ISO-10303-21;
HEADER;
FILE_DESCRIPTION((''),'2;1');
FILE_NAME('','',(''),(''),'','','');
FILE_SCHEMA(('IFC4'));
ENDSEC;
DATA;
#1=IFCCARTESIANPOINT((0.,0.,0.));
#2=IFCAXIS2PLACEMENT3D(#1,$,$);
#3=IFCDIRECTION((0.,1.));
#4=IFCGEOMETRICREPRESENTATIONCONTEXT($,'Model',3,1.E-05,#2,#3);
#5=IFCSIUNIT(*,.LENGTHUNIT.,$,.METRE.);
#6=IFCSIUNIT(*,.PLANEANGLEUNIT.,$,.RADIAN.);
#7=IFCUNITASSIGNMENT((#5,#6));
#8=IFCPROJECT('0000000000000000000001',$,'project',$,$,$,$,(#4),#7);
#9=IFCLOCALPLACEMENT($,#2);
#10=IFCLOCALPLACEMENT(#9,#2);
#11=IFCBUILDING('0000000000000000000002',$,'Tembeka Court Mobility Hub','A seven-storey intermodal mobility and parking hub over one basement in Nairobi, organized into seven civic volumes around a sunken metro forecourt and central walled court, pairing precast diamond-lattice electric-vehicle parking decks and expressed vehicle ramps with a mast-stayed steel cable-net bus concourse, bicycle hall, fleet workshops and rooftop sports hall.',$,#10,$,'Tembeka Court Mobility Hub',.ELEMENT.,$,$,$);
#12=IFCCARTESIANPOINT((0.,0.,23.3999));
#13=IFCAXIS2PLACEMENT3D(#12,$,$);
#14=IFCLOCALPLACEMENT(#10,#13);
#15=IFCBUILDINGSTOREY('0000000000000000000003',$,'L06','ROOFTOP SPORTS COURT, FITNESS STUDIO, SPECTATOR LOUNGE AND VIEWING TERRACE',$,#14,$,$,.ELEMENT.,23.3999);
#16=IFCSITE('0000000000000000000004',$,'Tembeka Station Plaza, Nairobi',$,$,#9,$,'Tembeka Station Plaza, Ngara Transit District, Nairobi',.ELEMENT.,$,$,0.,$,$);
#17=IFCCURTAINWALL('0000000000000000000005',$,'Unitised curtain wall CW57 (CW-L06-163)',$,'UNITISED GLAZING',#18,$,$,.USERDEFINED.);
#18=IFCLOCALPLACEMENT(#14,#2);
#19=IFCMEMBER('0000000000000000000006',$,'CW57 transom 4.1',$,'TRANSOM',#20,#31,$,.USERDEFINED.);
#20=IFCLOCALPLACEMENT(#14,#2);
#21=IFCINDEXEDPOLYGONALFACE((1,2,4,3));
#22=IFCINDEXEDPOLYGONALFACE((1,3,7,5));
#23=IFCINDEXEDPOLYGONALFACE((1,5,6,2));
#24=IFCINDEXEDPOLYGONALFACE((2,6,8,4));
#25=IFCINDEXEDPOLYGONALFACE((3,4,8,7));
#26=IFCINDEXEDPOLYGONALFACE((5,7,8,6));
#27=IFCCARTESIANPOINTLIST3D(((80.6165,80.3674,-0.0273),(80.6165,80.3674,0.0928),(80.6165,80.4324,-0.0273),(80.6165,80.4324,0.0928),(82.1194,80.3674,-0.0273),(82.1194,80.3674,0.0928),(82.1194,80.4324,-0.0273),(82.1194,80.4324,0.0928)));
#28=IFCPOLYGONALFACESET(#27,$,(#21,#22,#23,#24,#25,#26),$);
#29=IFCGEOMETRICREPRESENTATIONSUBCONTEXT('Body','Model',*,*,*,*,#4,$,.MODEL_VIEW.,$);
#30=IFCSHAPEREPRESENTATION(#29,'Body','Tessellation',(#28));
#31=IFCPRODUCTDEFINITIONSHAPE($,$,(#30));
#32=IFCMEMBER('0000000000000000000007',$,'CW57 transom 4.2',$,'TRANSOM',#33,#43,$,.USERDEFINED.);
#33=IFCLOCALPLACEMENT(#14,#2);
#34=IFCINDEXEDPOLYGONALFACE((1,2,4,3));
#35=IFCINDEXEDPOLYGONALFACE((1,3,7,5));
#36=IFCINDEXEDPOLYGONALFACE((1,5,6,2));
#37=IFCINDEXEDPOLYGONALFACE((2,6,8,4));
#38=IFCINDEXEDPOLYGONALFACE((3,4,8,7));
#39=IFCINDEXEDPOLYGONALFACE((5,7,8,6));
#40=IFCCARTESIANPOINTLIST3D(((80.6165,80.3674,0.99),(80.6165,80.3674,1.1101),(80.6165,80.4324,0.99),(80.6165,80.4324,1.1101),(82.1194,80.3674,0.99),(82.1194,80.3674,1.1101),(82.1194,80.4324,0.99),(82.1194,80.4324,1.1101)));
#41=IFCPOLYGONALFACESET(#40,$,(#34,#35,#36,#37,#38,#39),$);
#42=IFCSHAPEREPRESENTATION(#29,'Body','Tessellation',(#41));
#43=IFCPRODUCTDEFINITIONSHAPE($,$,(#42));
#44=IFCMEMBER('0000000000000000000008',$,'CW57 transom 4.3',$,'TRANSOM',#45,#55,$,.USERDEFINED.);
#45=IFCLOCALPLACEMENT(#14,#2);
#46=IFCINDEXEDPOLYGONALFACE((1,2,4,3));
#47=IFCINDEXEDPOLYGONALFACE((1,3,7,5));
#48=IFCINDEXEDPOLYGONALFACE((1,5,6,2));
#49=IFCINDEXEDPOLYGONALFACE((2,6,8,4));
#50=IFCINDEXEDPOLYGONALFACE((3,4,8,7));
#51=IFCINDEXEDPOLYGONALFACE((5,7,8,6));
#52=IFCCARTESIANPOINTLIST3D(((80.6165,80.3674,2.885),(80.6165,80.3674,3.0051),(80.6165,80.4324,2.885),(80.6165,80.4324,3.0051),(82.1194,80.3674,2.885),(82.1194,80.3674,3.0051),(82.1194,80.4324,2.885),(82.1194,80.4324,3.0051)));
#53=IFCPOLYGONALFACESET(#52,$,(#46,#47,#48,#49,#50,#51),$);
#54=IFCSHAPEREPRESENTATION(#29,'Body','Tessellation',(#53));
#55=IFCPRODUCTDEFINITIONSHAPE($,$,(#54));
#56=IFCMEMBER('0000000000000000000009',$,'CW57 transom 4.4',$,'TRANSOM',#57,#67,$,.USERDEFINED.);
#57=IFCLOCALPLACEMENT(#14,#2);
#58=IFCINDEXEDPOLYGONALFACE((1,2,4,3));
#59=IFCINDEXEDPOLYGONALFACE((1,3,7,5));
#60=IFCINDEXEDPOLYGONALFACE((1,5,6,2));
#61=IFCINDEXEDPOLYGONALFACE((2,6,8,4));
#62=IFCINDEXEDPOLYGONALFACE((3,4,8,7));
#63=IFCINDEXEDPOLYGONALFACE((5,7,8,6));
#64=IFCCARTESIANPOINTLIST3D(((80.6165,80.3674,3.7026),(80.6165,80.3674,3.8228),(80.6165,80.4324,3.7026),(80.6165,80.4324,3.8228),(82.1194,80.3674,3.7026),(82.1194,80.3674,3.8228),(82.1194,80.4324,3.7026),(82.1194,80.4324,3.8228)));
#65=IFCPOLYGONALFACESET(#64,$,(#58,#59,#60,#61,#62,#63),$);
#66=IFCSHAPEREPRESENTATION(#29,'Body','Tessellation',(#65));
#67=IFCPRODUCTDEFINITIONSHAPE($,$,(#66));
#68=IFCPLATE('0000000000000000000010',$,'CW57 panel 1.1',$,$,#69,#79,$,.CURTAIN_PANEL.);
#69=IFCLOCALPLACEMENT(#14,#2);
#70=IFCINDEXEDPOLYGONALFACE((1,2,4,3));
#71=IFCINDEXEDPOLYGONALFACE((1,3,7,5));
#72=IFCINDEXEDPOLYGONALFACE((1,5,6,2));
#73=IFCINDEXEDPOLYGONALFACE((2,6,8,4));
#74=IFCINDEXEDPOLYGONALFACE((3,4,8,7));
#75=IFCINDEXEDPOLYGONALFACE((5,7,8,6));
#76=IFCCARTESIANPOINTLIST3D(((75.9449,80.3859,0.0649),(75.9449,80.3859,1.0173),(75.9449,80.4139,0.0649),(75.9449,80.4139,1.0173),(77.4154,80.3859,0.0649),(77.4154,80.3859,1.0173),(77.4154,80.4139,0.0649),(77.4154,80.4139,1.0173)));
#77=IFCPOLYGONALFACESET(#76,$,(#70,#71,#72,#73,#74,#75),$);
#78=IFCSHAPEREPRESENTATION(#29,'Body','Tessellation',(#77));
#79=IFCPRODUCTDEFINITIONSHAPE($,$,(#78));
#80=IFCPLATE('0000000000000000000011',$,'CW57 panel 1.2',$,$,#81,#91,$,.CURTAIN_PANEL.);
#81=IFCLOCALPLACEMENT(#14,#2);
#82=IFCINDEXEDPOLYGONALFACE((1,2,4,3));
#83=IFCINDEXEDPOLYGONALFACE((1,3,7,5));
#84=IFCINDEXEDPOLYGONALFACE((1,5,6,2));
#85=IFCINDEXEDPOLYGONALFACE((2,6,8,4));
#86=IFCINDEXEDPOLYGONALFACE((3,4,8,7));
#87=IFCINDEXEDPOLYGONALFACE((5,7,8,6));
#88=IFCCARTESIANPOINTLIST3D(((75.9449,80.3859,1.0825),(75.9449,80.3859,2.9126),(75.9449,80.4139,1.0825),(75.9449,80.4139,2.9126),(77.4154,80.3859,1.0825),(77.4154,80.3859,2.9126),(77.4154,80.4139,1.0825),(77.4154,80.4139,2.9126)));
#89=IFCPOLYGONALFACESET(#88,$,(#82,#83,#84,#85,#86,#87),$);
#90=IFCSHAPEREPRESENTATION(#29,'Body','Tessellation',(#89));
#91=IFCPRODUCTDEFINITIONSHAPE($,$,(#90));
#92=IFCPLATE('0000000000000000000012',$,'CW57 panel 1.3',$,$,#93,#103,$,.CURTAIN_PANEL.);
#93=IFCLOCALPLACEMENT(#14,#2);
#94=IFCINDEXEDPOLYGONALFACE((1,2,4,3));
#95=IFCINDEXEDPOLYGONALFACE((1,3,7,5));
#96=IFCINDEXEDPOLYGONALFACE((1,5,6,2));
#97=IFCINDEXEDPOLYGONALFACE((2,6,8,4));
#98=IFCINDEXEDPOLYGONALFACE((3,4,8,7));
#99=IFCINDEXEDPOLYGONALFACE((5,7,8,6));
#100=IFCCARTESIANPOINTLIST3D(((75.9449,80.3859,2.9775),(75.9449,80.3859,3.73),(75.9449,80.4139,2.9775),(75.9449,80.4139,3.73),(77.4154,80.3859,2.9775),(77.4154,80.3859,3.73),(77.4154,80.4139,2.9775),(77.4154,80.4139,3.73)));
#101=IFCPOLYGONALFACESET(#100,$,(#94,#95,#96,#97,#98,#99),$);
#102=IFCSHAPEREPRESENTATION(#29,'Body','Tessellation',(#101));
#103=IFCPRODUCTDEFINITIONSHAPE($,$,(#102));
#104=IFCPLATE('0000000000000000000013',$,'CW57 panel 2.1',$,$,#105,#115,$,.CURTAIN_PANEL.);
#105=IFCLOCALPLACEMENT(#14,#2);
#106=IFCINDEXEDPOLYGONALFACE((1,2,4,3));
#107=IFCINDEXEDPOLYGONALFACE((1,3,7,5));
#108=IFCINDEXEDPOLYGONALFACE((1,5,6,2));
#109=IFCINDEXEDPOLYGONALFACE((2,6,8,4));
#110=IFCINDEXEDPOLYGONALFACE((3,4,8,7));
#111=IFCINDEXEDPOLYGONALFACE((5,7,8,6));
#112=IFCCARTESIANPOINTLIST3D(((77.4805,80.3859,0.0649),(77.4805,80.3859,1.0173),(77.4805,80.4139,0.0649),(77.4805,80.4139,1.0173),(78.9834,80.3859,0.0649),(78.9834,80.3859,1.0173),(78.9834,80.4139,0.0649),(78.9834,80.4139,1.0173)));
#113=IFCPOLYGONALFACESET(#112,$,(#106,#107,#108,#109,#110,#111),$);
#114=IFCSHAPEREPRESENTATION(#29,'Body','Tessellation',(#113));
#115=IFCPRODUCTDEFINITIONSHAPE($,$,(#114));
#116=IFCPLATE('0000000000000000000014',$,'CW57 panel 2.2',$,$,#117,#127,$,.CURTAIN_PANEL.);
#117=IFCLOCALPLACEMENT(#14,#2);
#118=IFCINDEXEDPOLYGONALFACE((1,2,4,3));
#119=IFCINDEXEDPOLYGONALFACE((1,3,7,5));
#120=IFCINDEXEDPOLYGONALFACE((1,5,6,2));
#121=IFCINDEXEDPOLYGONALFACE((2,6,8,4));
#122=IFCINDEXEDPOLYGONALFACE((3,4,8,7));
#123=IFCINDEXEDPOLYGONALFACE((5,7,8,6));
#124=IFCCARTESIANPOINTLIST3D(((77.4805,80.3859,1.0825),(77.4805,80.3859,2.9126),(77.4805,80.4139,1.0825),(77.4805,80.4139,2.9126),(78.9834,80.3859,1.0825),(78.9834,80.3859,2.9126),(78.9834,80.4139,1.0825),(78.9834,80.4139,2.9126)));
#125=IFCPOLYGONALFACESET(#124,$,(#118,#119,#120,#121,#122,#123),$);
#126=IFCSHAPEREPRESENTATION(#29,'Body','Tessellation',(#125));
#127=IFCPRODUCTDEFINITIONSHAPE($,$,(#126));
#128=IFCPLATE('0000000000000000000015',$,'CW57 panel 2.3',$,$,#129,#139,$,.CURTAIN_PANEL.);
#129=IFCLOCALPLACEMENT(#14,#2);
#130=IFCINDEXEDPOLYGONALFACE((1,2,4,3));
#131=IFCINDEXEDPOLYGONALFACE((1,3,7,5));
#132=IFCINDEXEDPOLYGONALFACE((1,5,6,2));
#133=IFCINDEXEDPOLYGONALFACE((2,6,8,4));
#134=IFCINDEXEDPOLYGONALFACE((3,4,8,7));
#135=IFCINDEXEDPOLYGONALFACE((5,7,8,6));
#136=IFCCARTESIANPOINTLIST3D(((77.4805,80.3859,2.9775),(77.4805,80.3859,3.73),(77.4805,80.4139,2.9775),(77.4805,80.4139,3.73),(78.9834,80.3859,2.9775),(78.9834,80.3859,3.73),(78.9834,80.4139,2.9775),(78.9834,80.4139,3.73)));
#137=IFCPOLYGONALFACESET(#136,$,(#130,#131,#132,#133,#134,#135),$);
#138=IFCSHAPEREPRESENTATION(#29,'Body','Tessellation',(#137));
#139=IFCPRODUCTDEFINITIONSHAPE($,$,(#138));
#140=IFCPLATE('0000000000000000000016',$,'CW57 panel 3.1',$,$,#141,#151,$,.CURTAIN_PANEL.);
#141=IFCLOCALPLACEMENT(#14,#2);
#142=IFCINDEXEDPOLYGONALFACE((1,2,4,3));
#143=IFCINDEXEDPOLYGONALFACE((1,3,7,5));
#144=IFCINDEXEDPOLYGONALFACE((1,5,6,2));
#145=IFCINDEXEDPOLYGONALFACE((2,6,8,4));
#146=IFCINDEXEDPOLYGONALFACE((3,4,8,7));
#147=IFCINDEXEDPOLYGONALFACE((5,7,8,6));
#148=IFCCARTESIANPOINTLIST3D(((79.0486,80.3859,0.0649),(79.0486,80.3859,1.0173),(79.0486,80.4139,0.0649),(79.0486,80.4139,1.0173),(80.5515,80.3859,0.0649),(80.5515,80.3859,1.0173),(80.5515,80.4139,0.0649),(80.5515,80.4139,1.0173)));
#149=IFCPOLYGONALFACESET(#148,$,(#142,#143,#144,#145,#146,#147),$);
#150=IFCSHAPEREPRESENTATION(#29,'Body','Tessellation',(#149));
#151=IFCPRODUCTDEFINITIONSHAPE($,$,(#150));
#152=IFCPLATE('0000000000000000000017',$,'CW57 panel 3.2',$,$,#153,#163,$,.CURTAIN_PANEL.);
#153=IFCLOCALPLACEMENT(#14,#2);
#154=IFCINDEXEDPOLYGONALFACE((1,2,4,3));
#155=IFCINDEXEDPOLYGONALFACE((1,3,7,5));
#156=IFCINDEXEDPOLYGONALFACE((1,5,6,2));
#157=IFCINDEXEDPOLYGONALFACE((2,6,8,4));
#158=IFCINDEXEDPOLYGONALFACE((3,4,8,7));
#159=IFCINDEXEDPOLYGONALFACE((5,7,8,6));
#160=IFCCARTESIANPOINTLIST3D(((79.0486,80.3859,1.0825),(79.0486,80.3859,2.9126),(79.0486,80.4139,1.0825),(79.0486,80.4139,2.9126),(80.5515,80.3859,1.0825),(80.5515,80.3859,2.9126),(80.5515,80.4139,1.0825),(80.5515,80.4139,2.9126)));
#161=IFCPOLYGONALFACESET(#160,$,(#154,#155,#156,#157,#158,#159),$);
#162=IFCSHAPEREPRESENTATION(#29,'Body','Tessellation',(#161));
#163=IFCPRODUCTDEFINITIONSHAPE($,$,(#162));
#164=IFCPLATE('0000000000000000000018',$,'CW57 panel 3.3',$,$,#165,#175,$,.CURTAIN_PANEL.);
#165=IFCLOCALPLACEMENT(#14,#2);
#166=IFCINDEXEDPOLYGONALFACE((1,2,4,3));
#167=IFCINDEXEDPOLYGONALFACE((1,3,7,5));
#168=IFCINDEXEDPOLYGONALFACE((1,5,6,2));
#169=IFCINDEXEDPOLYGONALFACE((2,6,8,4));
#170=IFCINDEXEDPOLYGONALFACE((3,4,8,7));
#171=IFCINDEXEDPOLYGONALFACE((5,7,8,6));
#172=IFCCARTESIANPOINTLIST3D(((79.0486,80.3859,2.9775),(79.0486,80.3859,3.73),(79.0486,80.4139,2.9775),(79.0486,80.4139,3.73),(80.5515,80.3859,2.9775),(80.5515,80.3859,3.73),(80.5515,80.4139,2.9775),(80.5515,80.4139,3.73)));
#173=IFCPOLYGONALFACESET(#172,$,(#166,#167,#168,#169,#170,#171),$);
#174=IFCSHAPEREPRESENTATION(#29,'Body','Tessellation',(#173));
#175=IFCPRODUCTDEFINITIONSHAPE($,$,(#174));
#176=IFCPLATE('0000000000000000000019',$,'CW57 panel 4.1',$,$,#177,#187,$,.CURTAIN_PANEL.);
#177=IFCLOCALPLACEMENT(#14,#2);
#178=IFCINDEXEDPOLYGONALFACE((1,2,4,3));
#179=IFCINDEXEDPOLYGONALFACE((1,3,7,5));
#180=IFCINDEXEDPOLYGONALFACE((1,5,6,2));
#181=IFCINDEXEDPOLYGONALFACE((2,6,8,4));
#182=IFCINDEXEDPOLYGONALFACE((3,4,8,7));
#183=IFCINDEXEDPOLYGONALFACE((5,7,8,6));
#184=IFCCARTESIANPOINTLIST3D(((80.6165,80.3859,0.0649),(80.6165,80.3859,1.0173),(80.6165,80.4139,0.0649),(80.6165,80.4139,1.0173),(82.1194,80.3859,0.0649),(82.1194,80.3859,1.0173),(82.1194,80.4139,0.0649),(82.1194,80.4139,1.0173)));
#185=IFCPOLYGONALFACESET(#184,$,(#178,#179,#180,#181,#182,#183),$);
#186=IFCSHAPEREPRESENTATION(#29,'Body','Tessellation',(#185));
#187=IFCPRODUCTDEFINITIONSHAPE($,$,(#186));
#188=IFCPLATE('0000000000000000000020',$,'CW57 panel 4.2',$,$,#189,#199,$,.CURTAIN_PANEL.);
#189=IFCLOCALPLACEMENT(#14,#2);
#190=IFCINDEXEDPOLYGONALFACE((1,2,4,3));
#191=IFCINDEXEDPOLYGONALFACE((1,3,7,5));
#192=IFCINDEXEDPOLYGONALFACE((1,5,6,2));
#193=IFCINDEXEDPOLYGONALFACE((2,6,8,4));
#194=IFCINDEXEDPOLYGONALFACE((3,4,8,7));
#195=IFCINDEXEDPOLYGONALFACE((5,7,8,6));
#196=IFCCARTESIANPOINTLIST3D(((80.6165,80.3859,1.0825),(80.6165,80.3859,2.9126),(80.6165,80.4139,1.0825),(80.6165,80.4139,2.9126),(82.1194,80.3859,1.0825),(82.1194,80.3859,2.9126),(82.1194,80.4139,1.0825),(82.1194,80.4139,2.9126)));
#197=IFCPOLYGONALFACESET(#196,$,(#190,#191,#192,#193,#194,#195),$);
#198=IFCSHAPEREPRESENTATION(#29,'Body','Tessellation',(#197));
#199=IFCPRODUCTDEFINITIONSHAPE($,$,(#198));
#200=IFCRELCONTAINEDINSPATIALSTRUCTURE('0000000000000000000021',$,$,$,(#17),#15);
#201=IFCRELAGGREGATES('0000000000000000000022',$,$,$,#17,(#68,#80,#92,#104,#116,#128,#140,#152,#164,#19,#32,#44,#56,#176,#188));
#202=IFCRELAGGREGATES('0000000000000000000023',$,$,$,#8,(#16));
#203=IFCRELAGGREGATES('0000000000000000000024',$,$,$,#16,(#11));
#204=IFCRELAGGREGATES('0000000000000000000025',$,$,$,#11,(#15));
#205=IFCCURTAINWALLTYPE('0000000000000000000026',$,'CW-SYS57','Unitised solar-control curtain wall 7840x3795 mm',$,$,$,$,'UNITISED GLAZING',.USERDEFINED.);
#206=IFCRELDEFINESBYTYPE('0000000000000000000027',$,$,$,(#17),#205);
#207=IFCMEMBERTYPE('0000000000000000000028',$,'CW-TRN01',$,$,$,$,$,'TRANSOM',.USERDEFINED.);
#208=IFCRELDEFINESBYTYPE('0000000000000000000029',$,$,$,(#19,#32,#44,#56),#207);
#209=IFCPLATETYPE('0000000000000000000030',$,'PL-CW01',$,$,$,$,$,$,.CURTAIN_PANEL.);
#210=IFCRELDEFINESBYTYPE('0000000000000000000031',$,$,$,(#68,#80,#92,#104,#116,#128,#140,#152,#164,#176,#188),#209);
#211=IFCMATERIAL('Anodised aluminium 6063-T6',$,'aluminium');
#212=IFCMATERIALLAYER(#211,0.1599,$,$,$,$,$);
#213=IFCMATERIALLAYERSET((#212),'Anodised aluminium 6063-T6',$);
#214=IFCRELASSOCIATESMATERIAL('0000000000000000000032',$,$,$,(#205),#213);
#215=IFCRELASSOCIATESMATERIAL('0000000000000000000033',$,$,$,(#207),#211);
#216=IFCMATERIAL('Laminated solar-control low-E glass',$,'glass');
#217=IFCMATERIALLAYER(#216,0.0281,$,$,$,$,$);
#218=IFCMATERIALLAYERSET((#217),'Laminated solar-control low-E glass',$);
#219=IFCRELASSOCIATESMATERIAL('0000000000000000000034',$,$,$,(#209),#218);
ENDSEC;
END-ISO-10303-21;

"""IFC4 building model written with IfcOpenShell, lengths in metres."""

from ifc_helpers import new_model, si_unit, direction, frame, origin, origin_2d, place, context, subcontext, project, spatial, rectangle, extrude, material, layer, layer_set, material_profile, profile_set, type_object, element, aggregate, save


model = new_model("IFC4")

# Units and contexts
model_context = context("Model", 3, precision=1e-05, world=origin(), true_north=direction((0.0, 1.0)))
body_context = subcontext(model_context, "Body", "Model", "MODEL_VIEW")
ifc_project = project(units=[si_unit("LENGTHUNIT", "METRE"), si_unit("PLANEANGLEUNIT", "RADIAN")], contexts=[model_context])

# Site, building, storey
site_placement = place(None, origin())
site = spatial("IfcSite", under=ifc_project, at=site_placement, Name="Tembeka Station Plaza, Nairobi", LongName="Tembeka Station Plaza, Ngara Transit District, Nairobi", CompositionType="ELEMENT", RefElevation=0.0)
building_placement = place(site_placement, origin())
building = spatial("IfcBuilding", under=site, at=building_placement, Name="Tembeka Court Mobility Hub", Description="A seven-storey intermodal mobility and parking hub over one basement in Nairobi, organized into seven civic volumes around a sunken metro forecourt and central walled court, pairing precast diamond-lattice electric-vehicle parking decks and expressed vehicle ramps with a mast-stayed steel cable-net bus concourse, bicycle hall, fleet workshops and rooftop sports hall.", LongName="Tembeka Court Mobility Hub", CompositionType="ELEMENT")
storey_placement = place(building_placement, frame((0.0, 0.0, 23.3999)))
storey = spatial("IfcBuildingStorey", under=building, at=storey_placement, Name="L06", Description="ROOFTOP SPORTS COURT, FITNESS STUDIO, SPECTATOR LOUNGE AND VIEWING TERRACE", CompositionType="ELEMENT", Elevation=23.3999)

# Shared definitions
ifc_material_1 = material(Name="Anodised aluminium 6063-T6", Category="aluminium")
ifc_layer_1 = layer(ifc_material_1, 0.1599)
ifc_layer_set_1 = layer_set([ifc_layer_1], Name="Anodised aluminium 6063-T6")
curtain_wall_type = type_object("IfcCurtainWallType", Name="CW-SYS57", Description="Unitised solar-control curtain wall 7840x3795 mm", ElementType="UNITISED GLAZING", PredefinedType="USERDEFINED", material=ifc_layer_set_1)

# Curtain wall, members, plates
curtain_wall_1_placement = place(storey_placement, origin())
curtain_wall_1 = element("IfcCurtainWall", 1, at=curtain_wall_1_placement, inside=storey, type_object=curtain_wall_type, Name="Unitised curtain wall CW57 (CW-L06-163)", ObjectType="UNITISED GLAZING", PredefinedType="USERDEFINED")
ifc_material_profile_1 = material_profile(ifc_material_1, rectangle(XDim=0.0649, YDim=0.1201, at=origin_2d()), Name="ALU-TRN 65x120")
ifc_profile_set_1 = profile_set([ifc_material_profile_1], Name="Anodised aluminium 6063-T6")
member_type_1 = type_object("IfcMemberType", Name="CW-TRN01", ElementType="TRANSOM", PredefinedType="USERDEFINED", material=ifc_profile_set_1)
member_1_placement = place(storey_placement, frame((80.6165, 80.3999, 0.0327), z_axis=(1.0, 0.0, 0.0), x_axis=(0.0, 1.0, 0.0)))
member_1 = element("IfcMember", 2, at=member_1_placement, type_object=member_type_1, Name="CW57 transom 4.1", ObjectType="TRANSOM", PredefinedType="USERDEFINED", context=body_context, shape_type="SweptSolid", body=[
    extrude(rectangle(XDim=0.0649, YDim=0.1201, at=origin_2d()), origin(), (0.0, 0.0, 1.0), 1.5029),
])
member_2_placement = place(storey_placement, frame((80.6165, 80.3999, 1.05), z_axis=(1.0, 0.0, 0.0), x_axis=(0.0, 1.0, 0.0)))
member_2 = element("IfcMember", 3, at=member_2_placement, type_object=member_type_1, Name="CW57 transom 4.2", ObjectType="TRANSOM", PredefinedType="USERDEFINED", context=body_context, shape_type="SweptSolid", body=[
    extrude(rectangle(XDim=0.0649, YDim=0.1201, at=origin_2d()), origin(), (0.0, 0.0, 1.0), 1.5029),
])
member_3_placement = place(storey_placement, frame((80.6165, 80.3999, 2.9451), z_axis=(1.0, 0.0, 0.0), x_axis=(0.0, 1.0, 0.0)))
member_3 = element("IfcMember", 4, at=member_3_placement, type_object=member_type_1, Name="CW57 transom 4.3", ObjectType="TRANSOM", PredefinedType="USERDEFINED", context=body_context, shape_type="SweptSolid", body=[
    extrude(rectangle(XDim=0.0649, YDim=0.1201, at=origin_2d()), origin(), (0.0, 0.0, 1.0), 1.5029),
])
member_4_placement = place(storey_placement, frame((80.6165, 80.3999, 3.7627), z_axis=(1.0, 0.0, 0.0), x_axis=(0.0, 1.0, 0.0)))
member_4 = element("IfcMember", 5, at=member_4_placement, type_object=member_type_1, Name="CW57 transom 4.4", ObjectType="TRANSOM", PredefinedType="USERDEFINED", context=body_context, shape_type="SweptSolid", body=[
    extrude(rectangle(XDim=0.0649, YDim=0.1201, at=origin_2d()), origin(), (0.0, 0.0, 1.0), 1.5029),
])
ifc_material_2 = material(Name="Laminated solar-control low-E glass", Category="glass")
ifc_layer_2 = layer(ifc_material_2, 0.0281)
ifc_layer_set_2 = layer_set([ifc_layer_2], Name="Laminated solar-control low-E glass")
plate_type = type_object("IfcPlateType", Name="PL-CW01", PredefinedType="CURTAIN_PANEL", material=ifc_layer_set_2)
plate_1_placement = place(storey_placement, frame((76.6802, 80.3999, 0.0649), z_axis=(0.0, 0.0, 1.0), x_axis=(1.0, 0.0, 0.0)))
plate_1 = element("IfcPlate", 6, at=plate_1_placement, type_object=plate_type, Name="CW57 panel 1.1", PredefinedType="CURTAIN_PANEL", context=body_context, shape_type="SweptSolid", body=[
    extrude(rectangle(XDim=1.4705, YDim=0.0281, at=origin_2d()), origin(), (0.0, 0.0, 1.0), 0.9524),
])
plate_2_placement = place(storey_placement, frame((76.6802, 80.3999, 1.0825), z_axis=(0.0, 0.0, 1.0), x_axis=(1.0, 0.0, 0.0)))
plate_2 = element("IfcPlate", 7, at=plate_2_placement, type_object=plate_type, Name="CW57 panel 1.2", PredefinedType="CURTAIN_PANEL", context=body_context, shape_type="SweptSolid", body=[
    extrude(rectangle(XDim=1.4705, YDim=0.0281, at=origin_2d()), origin(), (0.0, 0.0, 1.0), 1.8301),
])
plate_3_placement = place(storey_placement, frame((76.6802, 80.3999, 2.9775), z_axis=(0.0, 0.0, 1.0), x_axis=(1.0, 0.0, 0.0)))
plate_3 = element("IfcPlate", 8, at=plate_3_placement, type_object=plate_type, Name="CW57 panel 1.3", PredefinedType="CURTAIN_PANEL", context=body_context, shape_type="SweptSolid", body=[
    extrude(rectangle(XDim=1.4705, YDim=0.0281, at=origin_2d()), origin(), (0.0, 0.0, 1.0), 0.7524),
])
plate_4_placement = place(storey_placement, frame((78.2319, 80.3999, 0.0649), z_axis=(0.0, 0.0, 1.0), x_axis=(1.0, 0.0, 0.0)))
plate_4 = element("IfcPlate", 9, at=plate_4_placement, type_object=plate_type, Name="CW57 panel 2.1", PredefinedType="CURTAIN_PANEL", context=body_context, shape_type="SweptSolid", body=[
    extrude(rectangle(XDim=1.5029, YDim=0.0281, at=origin_2d()), origin(), (0.0, 0.0, 1.0), 0.9524),
])
plate_5_placement = place(storey_placement, frame((78.2319, 80.3999, 1.0825), z_axis=(0.0, 0.0, 1.0), x_axis=(1.0, 0.0, 0.0)))
plate_5 = element("IfcPlate", 10, at=plate_5_placement, type_object=plate_type, Name="CW57 panel 2.2", PredefinedType="CURTAIN_PANEL", context=body_context, shape_type="SweptSolid", body=[
    extrude(rectangle(XDim=1.5029, YDim=0.0281, at=origin_2d()), origin(), (0.0, 0.0, 1.0), 1.8301),
])
plate_6_placement = place(storey_placement, frame((78.2319, 80.3999, 2.9775), z_axis=(0.0, 0.0, 1.0), x_axis=(1.0, 0.0, 0.0)))
plate_6 = element("IfcPlate", 11, at=plate_6_placement, type_object=plate_type, Name="CW57 panel 2.3", PredefinedType="CURTAIN_PANEL", context=body_context, shape_type="SweptSolid", body=[
    extrude(rectangle(XDim=1.5029, YDim=0.0281, at=origin_2d()), origin(), (0.0, 0.0, 1.0), 0.7524),
])
plate_7_placement = place(storey_placement, frame((79.8, 80.3999, 0.0649), z_axis=(0.0, 0.0, 1.0), x_axis=(1.0, 0.0, 0.0)))
plate_7 = element("IfcPlate", 12, at=plate_7_placement, type_object=plate_type, Name="CW57 panel 3.1", PredefinedType="CURTAIN_PANEL", context=body_context, shape_type="SweptSolid", body=[
    extrude(rectangle(XDim=1.5029, YDim=0.0281, at=origin_2d()), origin(), (0.0, 0.0, 1.0), 0.9524),
])
plate_8_placement = place(storey_placement, frame((79.8, 80.3999, 1.0825), z_axis=(0.0, 0.0, 1.0), x_axis=(1.0, 0.0, 0.0)))
plate_8 = element("IfcPlate", 13, at=plate_8_placement, type_object=plate_type, Name="CW57 panel 3.2", PredefinedType="CURTAIN_PANEL", context=body_context, shape_type="SweptSolid", body=[
    extrude(rectangle(XDim=1.5029, YDim=0.0281, at=origin_2d()), origin(), (0.0, 0.0, 1.0), 1.8301),
])
plate_9_placement = place(storey_placement, frame((79.8, 80.3999, 2.9775), z_axis=(0.0, 0.0, 1.0), x_axis=(1.0, 0.0, 0.0)))
plate_9 = element("IfcPlate", 14, at=plate_9_placement, type_object=plate_type, Name="CW57 panel 3.3", PredefinedType="CURTAIN_PANEL", context=body_context, shape_type="SweptSolid", body=[
    extrude(rectangle(XDim=1.5029, YDim=0.0281, at=origin_2d()), origin(), (0.0, 0.0, 1.0), 0.7524),
])
plate_10_placement = place(storey_placement, frame((81.3679, 80.3999, 0.0649), z_axis=(0.0, 0.0, 1.0), x_axis=(1.0, 0.0, 0.0)))
plate_10 = element("IfcPlate", 15, at=plate_10_placement, type_object=plate_type, Name="CW57 panel 4.1", PredefinedType="CURTAIN_PANEL", context=body_context, shape_type="SweptSolid", body=[
    extrude(rectangle(XDim=1.5029, YDim=0.0281, at=origin_2d()), origin(), (0.0, 0.0, 1.0), 0.9524),
])
plate_11_placement = place(storey_placement, frame((81.3679, 80.3999, 1.0825), z_axis=(0.0, 0.0, 1.0), x_axis=(1.0, 0.0, 0.0)))
plate_11 = element("IfcPlate", 16, at=plate_11_placement, type_object=plate_type, Name="CW57 panel 4.2", PredefinedType="CURTAIN_PANEL", context=body_context, shape_type="SweptSolid", body=[
    extrude(rectangle(XDim=1.5029, YDim=0.0281, at=origin_2d()), origin(), (0.0, 0.0, 1.0), 1.8301),
])
aggregate(curtain_wall_1, [plate_1, plate_2, plate_3, plate_4, plate_5, plate_6, plate_7, plate_8, plate_9, member_1, member_2, member_3, member_4, plate_10, plate_11])

save(model, "model.ifc")
